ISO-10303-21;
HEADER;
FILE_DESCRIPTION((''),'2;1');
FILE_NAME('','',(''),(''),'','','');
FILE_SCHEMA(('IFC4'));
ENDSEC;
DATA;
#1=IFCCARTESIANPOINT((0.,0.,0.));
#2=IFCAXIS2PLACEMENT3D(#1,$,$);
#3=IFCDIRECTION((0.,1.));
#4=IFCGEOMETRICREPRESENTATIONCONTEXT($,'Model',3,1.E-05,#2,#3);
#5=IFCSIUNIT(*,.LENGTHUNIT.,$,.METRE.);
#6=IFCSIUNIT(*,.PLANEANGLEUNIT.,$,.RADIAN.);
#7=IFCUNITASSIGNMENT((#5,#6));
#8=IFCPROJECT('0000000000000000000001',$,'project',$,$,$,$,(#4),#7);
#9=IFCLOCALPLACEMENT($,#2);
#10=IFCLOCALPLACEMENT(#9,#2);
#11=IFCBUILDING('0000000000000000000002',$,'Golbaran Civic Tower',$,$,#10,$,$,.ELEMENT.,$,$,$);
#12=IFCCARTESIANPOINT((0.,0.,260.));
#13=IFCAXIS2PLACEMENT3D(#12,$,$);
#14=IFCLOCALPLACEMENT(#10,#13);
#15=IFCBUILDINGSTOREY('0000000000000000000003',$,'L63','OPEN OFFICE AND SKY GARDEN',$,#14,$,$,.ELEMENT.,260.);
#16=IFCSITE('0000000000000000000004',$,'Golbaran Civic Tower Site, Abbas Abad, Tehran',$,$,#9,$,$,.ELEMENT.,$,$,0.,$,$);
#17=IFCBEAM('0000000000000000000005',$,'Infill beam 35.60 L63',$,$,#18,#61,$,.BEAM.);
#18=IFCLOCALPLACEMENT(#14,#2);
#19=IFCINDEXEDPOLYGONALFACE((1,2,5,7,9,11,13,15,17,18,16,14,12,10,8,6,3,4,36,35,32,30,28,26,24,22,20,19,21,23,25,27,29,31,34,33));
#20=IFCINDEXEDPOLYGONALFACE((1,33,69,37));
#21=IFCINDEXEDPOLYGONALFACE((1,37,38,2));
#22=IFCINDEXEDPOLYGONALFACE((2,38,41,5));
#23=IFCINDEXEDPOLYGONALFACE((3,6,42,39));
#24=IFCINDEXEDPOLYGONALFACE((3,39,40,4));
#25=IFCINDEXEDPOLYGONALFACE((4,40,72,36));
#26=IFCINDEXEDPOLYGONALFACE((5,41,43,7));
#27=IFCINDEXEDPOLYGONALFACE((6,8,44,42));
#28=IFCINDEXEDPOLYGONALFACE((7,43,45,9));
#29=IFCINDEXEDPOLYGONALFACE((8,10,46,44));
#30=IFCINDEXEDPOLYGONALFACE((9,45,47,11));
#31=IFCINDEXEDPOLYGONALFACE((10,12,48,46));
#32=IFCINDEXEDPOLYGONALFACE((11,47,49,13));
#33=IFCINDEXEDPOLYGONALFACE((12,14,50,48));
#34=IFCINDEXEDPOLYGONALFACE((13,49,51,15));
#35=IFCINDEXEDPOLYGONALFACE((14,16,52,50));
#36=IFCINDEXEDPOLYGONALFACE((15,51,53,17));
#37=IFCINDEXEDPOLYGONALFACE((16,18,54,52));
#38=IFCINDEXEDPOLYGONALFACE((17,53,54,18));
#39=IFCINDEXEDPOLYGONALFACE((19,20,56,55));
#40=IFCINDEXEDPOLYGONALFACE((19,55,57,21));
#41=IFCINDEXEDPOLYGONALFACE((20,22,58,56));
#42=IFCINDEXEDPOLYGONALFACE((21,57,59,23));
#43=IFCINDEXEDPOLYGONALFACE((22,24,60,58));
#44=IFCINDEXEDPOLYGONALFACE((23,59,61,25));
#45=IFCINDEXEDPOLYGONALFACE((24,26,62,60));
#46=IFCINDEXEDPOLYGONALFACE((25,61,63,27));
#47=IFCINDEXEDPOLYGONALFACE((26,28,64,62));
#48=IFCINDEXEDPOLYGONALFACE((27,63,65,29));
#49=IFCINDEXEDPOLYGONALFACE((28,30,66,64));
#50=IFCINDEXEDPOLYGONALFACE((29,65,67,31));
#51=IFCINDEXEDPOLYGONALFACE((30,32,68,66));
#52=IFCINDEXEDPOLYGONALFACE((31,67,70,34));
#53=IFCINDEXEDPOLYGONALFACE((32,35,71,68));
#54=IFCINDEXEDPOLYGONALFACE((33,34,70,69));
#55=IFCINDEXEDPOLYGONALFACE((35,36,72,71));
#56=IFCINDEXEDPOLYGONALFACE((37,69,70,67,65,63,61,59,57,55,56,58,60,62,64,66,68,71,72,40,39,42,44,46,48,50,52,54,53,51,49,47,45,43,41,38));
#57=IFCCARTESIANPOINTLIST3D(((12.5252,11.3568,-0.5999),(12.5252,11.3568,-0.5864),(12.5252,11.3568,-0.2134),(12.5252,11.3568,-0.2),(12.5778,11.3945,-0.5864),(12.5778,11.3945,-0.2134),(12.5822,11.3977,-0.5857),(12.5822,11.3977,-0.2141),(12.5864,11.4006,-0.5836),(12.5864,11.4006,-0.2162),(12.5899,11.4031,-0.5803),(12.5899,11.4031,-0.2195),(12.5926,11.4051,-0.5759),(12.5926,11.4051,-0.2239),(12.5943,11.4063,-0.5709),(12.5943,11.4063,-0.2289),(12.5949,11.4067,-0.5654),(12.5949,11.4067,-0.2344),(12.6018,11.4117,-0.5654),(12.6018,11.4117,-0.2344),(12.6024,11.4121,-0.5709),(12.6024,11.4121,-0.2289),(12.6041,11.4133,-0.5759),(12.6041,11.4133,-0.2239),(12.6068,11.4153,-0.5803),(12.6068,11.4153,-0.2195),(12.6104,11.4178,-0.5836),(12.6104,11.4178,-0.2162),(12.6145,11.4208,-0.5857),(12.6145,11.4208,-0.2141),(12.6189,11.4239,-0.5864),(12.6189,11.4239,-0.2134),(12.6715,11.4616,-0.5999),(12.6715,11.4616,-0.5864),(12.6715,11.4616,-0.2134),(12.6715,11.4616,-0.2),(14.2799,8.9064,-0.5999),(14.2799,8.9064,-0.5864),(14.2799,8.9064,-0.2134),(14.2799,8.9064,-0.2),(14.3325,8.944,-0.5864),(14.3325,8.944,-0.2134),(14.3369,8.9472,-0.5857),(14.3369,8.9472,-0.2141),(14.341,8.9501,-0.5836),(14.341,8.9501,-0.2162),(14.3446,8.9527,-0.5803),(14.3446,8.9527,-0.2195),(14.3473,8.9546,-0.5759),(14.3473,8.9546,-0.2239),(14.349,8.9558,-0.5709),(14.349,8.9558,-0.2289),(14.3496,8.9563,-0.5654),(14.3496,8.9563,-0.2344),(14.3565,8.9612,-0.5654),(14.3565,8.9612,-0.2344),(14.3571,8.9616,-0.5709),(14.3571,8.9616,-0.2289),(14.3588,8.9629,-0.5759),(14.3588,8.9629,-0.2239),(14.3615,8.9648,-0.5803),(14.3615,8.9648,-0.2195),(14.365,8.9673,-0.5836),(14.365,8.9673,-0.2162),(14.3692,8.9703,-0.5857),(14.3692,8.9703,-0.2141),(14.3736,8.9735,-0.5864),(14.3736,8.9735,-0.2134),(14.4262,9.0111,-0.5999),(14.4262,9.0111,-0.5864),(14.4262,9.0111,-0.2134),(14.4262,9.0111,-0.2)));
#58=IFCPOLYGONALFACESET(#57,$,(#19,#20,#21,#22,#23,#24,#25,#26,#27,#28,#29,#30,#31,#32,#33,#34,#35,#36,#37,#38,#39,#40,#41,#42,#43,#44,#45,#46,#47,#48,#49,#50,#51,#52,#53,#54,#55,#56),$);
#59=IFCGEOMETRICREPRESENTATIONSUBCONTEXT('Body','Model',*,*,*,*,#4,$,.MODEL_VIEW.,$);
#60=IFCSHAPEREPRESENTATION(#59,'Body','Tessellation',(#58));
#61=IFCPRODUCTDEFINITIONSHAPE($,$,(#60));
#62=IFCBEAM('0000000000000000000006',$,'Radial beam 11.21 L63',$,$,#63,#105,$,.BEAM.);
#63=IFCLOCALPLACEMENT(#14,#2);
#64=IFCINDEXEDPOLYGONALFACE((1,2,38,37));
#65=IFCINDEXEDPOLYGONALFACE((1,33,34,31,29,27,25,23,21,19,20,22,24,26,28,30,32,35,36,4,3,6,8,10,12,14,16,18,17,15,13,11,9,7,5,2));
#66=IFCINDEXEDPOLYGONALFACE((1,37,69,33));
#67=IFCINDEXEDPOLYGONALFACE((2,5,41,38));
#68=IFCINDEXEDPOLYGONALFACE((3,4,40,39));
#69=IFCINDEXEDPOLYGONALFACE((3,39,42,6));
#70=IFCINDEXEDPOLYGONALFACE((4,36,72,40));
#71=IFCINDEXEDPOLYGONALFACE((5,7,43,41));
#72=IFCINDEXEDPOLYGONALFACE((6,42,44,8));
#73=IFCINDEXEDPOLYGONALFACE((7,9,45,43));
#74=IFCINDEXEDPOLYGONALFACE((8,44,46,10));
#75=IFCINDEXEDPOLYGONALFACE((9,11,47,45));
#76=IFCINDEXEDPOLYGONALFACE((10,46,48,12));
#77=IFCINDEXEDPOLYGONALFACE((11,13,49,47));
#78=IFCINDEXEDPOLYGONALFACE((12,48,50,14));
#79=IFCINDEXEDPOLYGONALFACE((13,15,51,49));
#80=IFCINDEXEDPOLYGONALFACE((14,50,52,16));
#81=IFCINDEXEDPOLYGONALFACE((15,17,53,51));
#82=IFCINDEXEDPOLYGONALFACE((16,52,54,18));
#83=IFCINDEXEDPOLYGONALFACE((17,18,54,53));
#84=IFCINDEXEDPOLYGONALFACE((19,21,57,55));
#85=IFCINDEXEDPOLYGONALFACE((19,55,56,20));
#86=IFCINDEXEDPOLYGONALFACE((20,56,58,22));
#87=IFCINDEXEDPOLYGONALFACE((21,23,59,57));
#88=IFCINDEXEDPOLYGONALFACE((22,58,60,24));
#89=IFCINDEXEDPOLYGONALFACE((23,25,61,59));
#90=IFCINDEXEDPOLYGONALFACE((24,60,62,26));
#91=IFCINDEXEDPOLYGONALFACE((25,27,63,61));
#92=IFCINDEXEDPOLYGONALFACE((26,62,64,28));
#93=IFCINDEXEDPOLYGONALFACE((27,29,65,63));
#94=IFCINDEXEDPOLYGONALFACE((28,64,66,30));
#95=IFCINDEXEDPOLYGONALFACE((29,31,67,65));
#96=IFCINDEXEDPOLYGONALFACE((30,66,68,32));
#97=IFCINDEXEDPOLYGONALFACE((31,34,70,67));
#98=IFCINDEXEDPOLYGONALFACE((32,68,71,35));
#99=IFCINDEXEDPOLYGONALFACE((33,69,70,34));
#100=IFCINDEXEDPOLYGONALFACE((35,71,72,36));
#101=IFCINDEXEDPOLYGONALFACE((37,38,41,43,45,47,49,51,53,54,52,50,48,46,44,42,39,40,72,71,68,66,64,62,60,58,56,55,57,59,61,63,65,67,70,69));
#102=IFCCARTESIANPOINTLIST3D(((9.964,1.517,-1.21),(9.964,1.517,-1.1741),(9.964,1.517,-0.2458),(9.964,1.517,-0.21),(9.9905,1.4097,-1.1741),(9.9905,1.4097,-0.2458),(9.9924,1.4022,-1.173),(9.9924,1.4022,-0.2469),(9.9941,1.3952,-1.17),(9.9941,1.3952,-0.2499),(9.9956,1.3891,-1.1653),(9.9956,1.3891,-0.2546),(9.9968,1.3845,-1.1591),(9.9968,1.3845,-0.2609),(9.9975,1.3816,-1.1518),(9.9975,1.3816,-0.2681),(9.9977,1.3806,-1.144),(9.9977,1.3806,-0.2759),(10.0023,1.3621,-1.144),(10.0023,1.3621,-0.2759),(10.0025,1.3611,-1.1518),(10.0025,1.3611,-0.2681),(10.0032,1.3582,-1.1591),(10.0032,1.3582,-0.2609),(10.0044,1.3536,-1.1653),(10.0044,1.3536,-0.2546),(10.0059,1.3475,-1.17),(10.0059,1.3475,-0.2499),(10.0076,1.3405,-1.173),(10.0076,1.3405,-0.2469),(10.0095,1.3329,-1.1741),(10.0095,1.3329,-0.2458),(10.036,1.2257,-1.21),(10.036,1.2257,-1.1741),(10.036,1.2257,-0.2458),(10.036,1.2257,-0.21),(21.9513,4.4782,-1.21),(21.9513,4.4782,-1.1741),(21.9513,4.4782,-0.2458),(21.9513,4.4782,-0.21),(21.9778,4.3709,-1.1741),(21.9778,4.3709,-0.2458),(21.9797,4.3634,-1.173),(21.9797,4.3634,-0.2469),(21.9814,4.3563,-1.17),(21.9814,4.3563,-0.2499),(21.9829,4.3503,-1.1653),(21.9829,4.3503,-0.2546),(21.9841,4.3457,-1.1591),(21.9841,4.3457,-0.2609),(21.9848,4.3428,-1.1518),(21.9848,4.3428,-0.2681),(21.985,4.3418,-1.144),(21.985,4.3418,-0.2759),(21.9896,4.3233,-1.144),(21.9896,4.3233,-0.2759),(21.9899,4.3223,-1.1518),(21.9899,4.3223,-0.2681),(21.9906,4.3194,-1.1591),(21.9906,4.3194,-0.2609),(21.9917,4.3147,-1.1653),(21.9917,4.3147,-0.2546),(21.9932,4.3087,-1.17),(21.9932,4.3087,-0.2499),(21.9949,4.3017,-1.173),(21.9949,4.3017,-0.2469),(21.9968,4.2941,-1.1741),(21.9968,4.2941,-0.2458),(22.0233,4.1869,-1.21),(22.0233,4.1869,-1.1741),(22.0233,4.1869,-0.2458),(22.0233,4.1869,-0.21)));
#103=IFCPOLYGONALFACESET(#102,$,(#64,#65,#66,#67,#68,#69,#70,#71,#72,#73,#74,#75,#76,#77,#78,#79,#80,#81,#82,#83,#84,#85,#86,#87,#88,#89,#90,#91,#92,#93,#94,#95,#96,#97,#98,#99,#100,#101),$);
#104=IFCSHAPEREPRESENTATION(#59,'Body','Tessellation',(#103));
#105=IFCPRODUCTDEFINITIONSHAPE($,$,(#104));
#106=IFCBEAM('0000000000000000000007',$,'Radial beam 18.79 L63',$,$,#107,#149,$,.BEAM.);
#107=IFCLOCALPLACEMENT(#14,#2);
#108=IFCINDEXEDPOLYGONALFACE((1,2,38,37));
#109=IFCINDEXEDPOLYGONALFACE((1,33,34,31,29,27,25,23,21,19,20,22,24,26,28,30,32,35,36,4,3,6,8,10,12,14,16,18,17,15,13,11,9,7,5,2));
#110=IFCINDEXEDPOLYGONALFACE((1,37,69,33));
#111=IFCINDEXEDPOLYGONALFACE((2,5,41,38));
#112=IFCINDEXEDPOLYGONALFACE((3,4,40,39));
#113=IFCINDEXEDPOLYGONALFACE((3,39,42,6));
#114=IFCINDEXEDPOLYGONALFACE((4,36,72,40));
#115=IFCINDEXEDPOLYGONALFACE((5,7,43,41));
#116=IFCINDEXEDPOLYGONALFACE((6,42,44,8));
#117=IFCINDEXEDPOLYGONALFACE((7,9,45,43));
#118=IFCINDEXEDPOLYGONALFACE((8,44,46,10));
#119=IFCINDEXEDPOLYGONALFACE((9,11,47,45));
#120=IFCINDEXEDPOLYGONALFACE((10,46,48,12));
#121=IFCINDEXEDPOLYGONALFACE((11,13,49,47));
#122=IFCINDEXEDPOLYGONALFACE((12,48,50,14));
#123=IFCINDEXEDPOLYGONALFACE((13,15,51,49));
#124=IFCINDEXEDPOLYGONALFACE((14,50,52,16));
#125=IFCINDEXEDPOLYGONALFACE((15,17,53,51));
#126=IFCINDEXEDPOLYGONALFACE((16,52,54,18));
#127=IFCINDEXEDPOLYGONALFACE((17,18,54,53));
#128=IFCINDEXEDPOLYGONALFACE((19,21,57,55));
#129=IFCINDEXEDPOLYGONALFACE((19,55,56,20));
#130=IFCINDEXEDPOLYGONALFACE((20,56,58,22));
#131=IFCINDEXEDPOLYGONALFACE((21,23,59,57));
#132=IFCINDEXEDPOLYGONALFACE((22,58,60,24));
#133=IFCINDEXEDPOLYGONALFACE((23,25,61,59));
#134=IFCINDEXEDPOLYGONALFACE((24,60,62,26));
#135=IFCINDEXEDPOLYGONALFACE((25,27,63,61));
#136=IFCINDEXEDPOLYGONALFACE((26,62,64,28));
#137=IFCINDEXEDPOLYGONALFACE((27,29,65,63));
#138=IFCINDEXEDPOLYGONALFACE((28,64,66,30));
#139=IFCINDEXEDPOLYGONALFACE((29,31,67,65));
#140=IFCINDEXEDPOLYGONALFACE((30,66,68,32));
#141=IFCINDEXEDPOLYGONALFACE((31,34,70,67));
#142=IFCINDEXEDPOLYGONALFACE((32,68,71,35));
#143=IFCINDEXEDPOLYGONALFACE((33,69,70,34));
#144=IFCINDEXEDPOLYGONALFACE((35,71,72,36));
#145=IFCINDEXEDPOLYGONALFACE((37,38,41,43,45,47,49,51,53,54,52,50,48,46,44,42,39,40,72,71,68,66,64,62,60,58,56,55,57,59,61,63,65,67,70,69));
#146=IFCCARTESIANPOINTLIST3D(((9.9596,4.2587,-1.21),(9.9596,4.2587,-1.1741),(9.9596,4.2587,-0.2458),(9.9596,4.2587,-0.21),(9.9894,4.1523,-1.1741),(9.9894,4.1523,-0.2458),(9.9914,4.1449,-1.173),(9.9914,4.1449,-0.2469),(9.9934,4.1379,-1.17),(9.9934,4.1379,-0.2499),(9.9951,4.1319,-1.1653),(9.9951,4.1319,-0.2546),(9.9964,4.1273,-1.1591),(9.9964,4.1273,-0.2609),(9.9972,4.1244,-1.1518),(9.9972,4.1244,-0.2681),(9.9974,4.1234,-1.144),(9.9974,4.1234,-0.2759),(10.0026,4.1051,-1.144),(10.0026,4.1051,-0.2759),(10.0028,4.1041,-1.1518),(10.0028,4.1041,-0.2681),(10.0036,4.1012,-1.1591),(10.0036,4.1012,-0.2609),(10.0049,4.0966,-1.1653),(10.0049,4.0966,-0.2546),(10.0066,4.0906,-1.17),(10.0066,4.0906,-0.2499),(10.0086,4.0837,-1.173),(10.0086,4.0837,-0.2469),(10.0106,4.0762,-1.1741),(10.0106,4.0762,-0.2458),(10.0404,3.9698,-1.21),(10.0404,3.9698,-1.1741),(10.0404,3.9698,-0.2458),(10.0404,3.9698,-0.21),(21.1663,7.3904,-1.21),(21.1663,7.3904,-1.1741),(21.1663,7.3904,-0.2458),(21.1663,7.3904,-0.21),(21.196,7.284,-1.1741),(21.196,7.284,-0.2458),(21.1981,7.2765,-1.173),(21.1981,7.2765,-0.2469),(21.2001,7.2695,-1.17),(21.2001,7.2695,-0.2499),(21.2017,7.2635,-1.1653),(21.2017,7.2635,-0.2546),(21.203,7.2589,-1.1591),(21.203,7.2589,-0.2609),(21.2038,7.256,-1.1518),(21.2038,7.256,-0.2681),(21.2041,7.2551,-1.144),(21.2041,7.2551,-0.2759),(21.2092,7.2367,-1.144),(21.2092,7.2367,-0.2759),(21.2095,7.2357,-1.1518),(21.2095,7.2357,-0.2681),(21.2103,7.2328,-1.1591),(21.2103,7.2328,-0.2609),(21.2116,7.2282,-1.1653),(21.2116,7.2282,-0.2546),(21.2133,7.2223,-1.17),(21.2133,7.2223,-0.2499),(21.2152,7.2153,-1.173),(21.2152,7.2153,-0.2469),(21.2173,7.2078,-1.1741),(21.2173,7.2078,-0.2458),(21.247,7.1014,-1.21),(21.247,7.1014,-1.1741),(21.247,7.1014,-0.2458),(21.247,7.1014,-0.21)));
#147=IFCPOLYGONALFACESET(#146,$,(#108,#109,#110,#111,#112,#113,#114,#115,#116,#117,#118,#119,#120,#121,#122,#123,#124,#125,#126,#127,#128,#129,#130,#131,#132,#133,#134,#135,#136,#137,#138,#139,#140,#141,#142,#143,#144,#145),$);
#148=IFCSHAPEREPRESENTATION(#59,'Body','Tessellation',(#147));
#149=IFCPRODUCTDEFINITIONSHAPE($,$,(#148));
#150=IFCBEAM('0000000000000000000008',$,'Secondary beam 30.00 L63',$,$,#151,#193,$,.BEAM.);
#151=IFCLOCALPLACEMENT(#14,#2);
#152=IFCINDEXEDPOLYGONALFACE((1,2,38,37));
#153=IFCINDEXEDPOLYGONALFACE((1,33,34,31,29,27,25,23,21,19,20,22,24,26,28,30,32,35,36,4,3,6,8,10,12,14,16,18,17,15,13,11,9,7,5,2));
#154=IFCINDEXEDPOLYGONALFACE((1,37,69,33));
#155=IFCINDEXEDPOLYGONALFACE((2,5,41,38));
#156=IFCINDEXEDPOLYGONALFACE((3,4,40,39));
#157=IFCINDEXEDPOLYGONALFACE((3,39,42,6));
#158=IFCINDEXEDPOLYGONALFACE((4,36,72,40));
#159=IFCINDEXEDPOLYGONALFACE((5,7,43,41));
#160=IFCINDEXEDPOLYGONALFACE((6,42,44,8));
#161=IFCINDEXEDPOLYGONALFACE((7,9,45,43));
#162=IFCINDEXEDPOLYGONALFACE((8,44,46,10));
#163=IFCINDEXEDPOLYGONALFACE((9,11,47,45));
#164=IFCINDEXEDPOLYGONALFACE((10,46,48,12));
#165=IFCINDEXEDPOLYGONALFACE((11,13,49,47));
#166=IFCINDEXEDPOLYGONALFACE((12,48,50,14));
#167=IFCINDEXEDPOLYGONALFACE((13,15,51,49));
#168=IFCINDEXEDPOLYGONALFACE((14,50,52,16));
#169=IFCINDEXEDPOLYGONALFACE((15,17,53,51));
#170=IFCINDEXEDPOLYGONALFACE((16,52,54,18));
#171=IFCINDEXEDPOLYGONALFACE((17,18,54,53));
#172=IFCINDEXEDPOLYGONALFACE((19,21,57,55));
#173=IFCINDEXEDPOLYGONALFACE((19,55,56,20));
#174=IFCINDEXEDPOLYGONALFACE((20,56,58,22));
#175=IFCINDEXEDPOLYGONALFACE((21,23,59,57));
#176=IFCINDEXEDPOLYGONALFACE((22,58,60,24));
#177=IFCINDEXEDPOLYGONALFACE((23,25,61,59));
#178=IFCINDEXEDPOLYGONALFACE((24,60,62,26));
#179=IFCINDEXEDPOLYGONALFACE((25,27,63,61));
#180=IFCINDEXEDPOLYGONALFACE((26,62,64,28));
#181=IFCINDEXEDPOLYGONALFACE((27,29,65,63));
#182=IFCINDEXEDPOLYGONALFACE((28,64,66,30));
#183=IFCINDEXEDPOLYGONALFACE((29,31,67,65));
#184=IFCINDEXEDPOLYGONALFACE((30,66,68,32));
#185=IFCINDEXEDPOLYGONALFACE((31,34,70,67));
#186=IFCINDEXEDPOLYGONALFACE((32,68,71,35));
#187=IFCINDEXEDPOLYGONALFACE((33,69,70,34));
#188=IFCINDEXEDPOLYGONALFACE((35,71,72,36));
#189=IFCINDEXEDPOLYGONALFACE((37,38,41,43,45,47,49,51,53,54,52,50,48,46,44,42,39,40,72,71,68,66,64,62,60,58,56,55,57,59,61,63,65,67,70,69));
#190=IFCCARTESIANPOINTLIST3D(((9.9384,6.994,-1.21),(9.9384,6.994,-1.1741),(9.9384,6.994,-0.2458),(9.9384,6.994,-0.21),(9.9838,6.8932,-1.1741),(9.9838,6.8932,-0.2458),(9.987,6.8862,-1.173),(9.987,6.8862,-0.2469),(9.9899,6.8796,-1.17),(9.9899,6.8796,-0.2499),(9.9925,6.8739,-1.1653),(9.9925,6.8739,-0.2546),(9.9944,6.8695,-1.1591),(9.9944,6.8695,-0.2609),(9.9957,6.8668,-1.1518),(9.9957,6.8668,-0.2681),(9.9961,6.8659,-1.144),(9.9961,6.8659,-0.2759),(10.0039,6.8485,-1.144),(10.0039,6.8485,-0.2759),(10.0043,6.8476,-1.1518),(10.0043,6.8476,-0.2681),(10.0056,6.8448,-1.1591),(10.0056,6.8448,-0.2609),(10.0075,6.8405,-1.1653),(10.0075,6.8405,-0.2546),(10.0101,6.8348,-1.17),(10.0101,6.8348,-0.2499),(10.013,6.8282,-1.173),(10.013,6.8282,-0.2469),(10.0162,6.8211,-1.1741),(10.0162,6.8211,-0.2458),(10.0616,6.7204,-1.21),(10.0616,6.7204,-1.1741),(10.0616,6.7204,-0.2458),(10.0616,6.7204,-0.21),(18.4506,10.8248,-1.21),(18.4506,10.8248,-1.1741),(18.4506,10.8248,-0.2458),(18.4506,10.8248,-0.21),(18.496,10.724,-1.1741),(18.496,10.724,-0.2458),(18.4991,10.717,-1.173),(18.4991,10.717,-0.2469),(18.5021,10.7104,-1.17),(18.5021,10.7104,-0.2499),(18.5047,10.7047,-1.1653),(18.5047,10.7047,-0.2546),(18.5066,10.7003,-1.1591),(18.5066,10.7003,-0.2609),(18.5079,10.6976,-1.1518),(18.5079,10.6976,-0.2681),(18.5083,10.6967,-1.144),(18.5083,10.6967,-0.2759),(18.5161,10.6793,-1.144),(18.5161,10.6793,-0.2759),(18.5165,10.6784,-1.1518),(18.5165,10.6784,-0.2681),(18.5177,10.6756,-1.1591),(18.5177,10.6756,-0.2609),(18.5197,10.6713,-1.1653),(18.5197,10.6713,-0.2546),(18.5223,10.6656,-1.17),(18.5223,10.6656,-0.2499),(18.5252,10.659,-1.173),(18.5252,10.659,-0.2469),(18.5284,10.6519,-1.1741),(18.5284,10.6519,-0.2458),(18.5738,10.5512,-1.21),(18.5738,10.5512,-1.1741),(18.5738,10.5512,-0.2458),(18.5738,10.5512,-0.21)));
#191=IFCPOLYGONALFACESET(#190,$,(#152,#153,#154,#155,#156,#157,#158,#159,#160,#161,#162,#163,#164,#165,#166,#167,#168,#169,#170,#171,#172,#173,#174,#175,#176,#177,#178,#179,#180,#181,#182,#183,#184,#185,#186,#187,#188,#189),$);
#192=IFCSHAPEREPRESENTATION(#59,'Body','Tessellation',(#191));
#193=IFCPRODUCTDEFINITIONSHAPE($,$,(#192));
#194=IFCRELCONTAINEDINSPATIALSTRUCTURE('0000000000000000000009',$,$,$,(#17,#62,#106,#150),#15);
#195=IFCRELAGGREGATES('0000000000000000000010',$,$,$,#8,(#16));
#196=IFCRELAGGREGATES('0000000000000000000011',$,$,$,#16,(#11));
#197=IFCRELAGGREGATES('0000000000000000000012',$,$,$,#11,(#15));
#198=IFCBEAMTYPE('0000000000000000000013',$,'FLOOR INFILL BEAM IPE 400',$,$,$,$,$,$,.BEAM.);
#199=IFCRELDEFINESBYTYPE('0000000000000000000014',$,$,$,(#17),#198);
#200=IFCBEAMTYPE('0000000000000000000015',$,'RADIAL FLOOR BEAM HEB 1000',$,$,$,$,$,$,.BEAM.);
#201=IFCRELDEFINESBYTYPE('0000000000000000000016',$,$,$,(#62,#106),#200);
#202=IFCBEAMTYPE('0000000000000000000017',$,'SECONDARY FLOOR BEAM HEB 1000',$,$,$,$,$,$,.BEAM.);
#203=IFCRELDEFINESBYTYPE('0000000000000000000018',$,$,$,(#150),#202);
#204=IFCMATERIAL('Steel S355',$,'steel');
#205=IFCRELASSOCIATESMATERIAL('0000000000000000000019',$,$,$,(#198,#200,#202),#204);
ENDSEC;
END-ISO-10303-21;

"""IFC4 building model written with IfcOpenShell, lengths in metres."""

from ifc_helpers import new_model, si_unit, direction, frame, origin, origin_2d, place, context, subcontext, project, spatial, i_section, extrude, material, material_profile, profile_set, type_object, element, save


model = new_model("IFC4")

# Units and contexts
model_context = context("Model", 3, precision=1e-05, world=origin(), true_north=direction((0.0, 1.0)))
body_context = subcontext(model_context, "Body", "Model", "MODEL_VIEW")
ifc_project = project(units=[si_unit("LENGTHUNIT", "METRE"), si_unit("PLANEANGLEUNIT", "RADIAN")], contexts=[model_context])

# Site, building, storey
site_placement = place(None, origin())
site = spatial("IfcSite", under=ifc_project, at=site_placement, Name="Golbaran Civic Tower Site, Abbas Abad, Tehran", CompositionType="ELEMENT", RefElevation=0.0)
building_placement = place(site_placement, origin())
building = spatial("IfcBuilding", under=site, at=building_placement, Name="Golbaran Civic Tower", CompositionType="ELEMENT")
storey_placement = place(building_placement, frame((0.0, 0.0, 260.0)))
storey = spatial("IfcBuildingStorey", under=building, at=storey_placement, Name="L63", Description="OPEN OFFICE AND SKY GARDEN", CompositionType="ELEMENT", Elevation=260.0)

# Beams
ifc_material_1 = material(Name="Steel S355", Category="steel")
ifc_material_profile_1 = material_profile(ifc_material_1, i_section(OverallWidth=0.1799, OverallDepth=0.3999, WebThickness=0.0085, FlangeThickness=0.0134, FilletRadius=0.021, at=origin_2d()), Name="IPE 400")
ifc_profile_set_1 = profile_set([ifc_material_profile_1], Name="Steel S355")
beam_type_1 = type_object("IfcBeamType", Name="FLOOR INFILL BEAM IPE 400", PredefinedType="BEAM", material=ifc_profile_set_1)
beam_1_placement = place(storey_placement, frame((14.353, 8.9587, -0.3999), z_axis=(-0.582188, 0.813054, 0.0), x_axis=(-0.813054, -0.582188, 0.0)))
element("IfcBeam", 1, at=beam_1_placement, inside=storey, type_object=beam_type_1, Name="Infill beam 35.60 L63", PredefinedType="BEAM", context=body_context, shape_type="SweptSolid", body=[
    extrude(i_section(OverallWidth=0.1799, OverallDepth=0.3999, WebThickness=0.0085, FlangeThickness=0.0134, FilletRadius=0.021, at=origin_2d()), origin(), (0.0, 0.0, 1.0), 3.0139),
])
ifc_material_profile_2 = material_profile(ifc_material_1, i_section(OverallWidth=0.3, OverallDepth=1.0, WebThickness=0.019, FlangeThickness=0.0359, FilletRadius=0.03, at=origin_2d()), Name="HEB 1000")
ifc_profile_set_2 = profile_set([ifc_material_profile_2], Name="Steel S355")
beam_type_2 = type_object("IfcBeamType", Name="RADIAL FLOOR BEAM HEB 1000", PredefinedType="BEAM", material=ifc_profile_set_2)
beam_2_placement = place(storey_placement, frame((10.0, 1.3713, -0.71), z_axis=(0.970818, 0.239818, 0.0), x_axis=(-0.239818, 0.970818, 0.0)))
element("IfcBeam", 2, at=beam_2_placement, inside=storey, type_object=beam_type_2, Name="Radial beam 11.21 L63", PredefinedType="BEAM", context=body_context, shape_type="SweptSolid", body=[
    extrude(i_section(OverallWidth=0.3, OverallDepth=1.0, WebThickness=0.019, FlangeThickness=0.0359, FilletRadius=0.03, at=origin_2d()), origin(), (0.0, 0.0, 1.0), 12.3477),
])
beam_3_placement = place(storey_placement, frame((10.0, 4.1143, -0.71), z_axis=(0.963103, 0.269133, 0.0), x_axis=(-0.269133, 0.963103, 0.0)))
element("IfcBeam", 3, at=beam_3_placement, inside=storey, type_object=beam_type_2, Name="Radial beam 18.79 L63", PredefinedType="BEAM", context=body_context, shape_type="SweptSolid", body=[
    extrude(i_section(OverallWidth=0.3, OverallDepth=1.0, WebThickness=0.019, FlangeThickness=0.0359, FilletRadius=0.03, at=origin_2d()), origin(), (0.0, 0.0, 1.0), 11.636),
])
ifc_material_profile_3 = material_profile(ifc_material_1, i_section(OverallWidth=0.3, OverallDepth=1.0, WebThickness=0.019, FlangeThickness=0.0359, FilletRadius=0.03, at=origin_2d()), Name="HEB 1000")
ifc_profile_set_3 = profile_set([ifc_material_profile_3], Name="Steel S355")
beam_type_3 = type_object("IfcBeamType", Name="SECONDARY FLOOR BEAM HEB 1000", PredefinedType="BEAM", material=ifc_profile_set_3)
beam_4_placement = place(storey_placement, frame((10.0, 6.8572, -0.71), z_axis=(0.911909, 0.410393, 0.0), x_axis=(-0.410393, 0.911909, 0.0)))
element("IfcBeam", 4, at=beam_4_placement, inside=storey, type_object=beam_type_3, Name="Secondary beam 30.00 L63", PredefinedType="BEAM", context=body_context, shape_type="SweptSolid", body=[
    extrude(i_section(OverallWidth=0.3, OverallDepth=1.0, WebThickness=0.019, FlangeThickness=0.0359, FilletRadius=0.03, at=origin_2d()), origin(), (0.0, 0.0, 1.0), 9.3345),
])

save(model, "model.ifc")
